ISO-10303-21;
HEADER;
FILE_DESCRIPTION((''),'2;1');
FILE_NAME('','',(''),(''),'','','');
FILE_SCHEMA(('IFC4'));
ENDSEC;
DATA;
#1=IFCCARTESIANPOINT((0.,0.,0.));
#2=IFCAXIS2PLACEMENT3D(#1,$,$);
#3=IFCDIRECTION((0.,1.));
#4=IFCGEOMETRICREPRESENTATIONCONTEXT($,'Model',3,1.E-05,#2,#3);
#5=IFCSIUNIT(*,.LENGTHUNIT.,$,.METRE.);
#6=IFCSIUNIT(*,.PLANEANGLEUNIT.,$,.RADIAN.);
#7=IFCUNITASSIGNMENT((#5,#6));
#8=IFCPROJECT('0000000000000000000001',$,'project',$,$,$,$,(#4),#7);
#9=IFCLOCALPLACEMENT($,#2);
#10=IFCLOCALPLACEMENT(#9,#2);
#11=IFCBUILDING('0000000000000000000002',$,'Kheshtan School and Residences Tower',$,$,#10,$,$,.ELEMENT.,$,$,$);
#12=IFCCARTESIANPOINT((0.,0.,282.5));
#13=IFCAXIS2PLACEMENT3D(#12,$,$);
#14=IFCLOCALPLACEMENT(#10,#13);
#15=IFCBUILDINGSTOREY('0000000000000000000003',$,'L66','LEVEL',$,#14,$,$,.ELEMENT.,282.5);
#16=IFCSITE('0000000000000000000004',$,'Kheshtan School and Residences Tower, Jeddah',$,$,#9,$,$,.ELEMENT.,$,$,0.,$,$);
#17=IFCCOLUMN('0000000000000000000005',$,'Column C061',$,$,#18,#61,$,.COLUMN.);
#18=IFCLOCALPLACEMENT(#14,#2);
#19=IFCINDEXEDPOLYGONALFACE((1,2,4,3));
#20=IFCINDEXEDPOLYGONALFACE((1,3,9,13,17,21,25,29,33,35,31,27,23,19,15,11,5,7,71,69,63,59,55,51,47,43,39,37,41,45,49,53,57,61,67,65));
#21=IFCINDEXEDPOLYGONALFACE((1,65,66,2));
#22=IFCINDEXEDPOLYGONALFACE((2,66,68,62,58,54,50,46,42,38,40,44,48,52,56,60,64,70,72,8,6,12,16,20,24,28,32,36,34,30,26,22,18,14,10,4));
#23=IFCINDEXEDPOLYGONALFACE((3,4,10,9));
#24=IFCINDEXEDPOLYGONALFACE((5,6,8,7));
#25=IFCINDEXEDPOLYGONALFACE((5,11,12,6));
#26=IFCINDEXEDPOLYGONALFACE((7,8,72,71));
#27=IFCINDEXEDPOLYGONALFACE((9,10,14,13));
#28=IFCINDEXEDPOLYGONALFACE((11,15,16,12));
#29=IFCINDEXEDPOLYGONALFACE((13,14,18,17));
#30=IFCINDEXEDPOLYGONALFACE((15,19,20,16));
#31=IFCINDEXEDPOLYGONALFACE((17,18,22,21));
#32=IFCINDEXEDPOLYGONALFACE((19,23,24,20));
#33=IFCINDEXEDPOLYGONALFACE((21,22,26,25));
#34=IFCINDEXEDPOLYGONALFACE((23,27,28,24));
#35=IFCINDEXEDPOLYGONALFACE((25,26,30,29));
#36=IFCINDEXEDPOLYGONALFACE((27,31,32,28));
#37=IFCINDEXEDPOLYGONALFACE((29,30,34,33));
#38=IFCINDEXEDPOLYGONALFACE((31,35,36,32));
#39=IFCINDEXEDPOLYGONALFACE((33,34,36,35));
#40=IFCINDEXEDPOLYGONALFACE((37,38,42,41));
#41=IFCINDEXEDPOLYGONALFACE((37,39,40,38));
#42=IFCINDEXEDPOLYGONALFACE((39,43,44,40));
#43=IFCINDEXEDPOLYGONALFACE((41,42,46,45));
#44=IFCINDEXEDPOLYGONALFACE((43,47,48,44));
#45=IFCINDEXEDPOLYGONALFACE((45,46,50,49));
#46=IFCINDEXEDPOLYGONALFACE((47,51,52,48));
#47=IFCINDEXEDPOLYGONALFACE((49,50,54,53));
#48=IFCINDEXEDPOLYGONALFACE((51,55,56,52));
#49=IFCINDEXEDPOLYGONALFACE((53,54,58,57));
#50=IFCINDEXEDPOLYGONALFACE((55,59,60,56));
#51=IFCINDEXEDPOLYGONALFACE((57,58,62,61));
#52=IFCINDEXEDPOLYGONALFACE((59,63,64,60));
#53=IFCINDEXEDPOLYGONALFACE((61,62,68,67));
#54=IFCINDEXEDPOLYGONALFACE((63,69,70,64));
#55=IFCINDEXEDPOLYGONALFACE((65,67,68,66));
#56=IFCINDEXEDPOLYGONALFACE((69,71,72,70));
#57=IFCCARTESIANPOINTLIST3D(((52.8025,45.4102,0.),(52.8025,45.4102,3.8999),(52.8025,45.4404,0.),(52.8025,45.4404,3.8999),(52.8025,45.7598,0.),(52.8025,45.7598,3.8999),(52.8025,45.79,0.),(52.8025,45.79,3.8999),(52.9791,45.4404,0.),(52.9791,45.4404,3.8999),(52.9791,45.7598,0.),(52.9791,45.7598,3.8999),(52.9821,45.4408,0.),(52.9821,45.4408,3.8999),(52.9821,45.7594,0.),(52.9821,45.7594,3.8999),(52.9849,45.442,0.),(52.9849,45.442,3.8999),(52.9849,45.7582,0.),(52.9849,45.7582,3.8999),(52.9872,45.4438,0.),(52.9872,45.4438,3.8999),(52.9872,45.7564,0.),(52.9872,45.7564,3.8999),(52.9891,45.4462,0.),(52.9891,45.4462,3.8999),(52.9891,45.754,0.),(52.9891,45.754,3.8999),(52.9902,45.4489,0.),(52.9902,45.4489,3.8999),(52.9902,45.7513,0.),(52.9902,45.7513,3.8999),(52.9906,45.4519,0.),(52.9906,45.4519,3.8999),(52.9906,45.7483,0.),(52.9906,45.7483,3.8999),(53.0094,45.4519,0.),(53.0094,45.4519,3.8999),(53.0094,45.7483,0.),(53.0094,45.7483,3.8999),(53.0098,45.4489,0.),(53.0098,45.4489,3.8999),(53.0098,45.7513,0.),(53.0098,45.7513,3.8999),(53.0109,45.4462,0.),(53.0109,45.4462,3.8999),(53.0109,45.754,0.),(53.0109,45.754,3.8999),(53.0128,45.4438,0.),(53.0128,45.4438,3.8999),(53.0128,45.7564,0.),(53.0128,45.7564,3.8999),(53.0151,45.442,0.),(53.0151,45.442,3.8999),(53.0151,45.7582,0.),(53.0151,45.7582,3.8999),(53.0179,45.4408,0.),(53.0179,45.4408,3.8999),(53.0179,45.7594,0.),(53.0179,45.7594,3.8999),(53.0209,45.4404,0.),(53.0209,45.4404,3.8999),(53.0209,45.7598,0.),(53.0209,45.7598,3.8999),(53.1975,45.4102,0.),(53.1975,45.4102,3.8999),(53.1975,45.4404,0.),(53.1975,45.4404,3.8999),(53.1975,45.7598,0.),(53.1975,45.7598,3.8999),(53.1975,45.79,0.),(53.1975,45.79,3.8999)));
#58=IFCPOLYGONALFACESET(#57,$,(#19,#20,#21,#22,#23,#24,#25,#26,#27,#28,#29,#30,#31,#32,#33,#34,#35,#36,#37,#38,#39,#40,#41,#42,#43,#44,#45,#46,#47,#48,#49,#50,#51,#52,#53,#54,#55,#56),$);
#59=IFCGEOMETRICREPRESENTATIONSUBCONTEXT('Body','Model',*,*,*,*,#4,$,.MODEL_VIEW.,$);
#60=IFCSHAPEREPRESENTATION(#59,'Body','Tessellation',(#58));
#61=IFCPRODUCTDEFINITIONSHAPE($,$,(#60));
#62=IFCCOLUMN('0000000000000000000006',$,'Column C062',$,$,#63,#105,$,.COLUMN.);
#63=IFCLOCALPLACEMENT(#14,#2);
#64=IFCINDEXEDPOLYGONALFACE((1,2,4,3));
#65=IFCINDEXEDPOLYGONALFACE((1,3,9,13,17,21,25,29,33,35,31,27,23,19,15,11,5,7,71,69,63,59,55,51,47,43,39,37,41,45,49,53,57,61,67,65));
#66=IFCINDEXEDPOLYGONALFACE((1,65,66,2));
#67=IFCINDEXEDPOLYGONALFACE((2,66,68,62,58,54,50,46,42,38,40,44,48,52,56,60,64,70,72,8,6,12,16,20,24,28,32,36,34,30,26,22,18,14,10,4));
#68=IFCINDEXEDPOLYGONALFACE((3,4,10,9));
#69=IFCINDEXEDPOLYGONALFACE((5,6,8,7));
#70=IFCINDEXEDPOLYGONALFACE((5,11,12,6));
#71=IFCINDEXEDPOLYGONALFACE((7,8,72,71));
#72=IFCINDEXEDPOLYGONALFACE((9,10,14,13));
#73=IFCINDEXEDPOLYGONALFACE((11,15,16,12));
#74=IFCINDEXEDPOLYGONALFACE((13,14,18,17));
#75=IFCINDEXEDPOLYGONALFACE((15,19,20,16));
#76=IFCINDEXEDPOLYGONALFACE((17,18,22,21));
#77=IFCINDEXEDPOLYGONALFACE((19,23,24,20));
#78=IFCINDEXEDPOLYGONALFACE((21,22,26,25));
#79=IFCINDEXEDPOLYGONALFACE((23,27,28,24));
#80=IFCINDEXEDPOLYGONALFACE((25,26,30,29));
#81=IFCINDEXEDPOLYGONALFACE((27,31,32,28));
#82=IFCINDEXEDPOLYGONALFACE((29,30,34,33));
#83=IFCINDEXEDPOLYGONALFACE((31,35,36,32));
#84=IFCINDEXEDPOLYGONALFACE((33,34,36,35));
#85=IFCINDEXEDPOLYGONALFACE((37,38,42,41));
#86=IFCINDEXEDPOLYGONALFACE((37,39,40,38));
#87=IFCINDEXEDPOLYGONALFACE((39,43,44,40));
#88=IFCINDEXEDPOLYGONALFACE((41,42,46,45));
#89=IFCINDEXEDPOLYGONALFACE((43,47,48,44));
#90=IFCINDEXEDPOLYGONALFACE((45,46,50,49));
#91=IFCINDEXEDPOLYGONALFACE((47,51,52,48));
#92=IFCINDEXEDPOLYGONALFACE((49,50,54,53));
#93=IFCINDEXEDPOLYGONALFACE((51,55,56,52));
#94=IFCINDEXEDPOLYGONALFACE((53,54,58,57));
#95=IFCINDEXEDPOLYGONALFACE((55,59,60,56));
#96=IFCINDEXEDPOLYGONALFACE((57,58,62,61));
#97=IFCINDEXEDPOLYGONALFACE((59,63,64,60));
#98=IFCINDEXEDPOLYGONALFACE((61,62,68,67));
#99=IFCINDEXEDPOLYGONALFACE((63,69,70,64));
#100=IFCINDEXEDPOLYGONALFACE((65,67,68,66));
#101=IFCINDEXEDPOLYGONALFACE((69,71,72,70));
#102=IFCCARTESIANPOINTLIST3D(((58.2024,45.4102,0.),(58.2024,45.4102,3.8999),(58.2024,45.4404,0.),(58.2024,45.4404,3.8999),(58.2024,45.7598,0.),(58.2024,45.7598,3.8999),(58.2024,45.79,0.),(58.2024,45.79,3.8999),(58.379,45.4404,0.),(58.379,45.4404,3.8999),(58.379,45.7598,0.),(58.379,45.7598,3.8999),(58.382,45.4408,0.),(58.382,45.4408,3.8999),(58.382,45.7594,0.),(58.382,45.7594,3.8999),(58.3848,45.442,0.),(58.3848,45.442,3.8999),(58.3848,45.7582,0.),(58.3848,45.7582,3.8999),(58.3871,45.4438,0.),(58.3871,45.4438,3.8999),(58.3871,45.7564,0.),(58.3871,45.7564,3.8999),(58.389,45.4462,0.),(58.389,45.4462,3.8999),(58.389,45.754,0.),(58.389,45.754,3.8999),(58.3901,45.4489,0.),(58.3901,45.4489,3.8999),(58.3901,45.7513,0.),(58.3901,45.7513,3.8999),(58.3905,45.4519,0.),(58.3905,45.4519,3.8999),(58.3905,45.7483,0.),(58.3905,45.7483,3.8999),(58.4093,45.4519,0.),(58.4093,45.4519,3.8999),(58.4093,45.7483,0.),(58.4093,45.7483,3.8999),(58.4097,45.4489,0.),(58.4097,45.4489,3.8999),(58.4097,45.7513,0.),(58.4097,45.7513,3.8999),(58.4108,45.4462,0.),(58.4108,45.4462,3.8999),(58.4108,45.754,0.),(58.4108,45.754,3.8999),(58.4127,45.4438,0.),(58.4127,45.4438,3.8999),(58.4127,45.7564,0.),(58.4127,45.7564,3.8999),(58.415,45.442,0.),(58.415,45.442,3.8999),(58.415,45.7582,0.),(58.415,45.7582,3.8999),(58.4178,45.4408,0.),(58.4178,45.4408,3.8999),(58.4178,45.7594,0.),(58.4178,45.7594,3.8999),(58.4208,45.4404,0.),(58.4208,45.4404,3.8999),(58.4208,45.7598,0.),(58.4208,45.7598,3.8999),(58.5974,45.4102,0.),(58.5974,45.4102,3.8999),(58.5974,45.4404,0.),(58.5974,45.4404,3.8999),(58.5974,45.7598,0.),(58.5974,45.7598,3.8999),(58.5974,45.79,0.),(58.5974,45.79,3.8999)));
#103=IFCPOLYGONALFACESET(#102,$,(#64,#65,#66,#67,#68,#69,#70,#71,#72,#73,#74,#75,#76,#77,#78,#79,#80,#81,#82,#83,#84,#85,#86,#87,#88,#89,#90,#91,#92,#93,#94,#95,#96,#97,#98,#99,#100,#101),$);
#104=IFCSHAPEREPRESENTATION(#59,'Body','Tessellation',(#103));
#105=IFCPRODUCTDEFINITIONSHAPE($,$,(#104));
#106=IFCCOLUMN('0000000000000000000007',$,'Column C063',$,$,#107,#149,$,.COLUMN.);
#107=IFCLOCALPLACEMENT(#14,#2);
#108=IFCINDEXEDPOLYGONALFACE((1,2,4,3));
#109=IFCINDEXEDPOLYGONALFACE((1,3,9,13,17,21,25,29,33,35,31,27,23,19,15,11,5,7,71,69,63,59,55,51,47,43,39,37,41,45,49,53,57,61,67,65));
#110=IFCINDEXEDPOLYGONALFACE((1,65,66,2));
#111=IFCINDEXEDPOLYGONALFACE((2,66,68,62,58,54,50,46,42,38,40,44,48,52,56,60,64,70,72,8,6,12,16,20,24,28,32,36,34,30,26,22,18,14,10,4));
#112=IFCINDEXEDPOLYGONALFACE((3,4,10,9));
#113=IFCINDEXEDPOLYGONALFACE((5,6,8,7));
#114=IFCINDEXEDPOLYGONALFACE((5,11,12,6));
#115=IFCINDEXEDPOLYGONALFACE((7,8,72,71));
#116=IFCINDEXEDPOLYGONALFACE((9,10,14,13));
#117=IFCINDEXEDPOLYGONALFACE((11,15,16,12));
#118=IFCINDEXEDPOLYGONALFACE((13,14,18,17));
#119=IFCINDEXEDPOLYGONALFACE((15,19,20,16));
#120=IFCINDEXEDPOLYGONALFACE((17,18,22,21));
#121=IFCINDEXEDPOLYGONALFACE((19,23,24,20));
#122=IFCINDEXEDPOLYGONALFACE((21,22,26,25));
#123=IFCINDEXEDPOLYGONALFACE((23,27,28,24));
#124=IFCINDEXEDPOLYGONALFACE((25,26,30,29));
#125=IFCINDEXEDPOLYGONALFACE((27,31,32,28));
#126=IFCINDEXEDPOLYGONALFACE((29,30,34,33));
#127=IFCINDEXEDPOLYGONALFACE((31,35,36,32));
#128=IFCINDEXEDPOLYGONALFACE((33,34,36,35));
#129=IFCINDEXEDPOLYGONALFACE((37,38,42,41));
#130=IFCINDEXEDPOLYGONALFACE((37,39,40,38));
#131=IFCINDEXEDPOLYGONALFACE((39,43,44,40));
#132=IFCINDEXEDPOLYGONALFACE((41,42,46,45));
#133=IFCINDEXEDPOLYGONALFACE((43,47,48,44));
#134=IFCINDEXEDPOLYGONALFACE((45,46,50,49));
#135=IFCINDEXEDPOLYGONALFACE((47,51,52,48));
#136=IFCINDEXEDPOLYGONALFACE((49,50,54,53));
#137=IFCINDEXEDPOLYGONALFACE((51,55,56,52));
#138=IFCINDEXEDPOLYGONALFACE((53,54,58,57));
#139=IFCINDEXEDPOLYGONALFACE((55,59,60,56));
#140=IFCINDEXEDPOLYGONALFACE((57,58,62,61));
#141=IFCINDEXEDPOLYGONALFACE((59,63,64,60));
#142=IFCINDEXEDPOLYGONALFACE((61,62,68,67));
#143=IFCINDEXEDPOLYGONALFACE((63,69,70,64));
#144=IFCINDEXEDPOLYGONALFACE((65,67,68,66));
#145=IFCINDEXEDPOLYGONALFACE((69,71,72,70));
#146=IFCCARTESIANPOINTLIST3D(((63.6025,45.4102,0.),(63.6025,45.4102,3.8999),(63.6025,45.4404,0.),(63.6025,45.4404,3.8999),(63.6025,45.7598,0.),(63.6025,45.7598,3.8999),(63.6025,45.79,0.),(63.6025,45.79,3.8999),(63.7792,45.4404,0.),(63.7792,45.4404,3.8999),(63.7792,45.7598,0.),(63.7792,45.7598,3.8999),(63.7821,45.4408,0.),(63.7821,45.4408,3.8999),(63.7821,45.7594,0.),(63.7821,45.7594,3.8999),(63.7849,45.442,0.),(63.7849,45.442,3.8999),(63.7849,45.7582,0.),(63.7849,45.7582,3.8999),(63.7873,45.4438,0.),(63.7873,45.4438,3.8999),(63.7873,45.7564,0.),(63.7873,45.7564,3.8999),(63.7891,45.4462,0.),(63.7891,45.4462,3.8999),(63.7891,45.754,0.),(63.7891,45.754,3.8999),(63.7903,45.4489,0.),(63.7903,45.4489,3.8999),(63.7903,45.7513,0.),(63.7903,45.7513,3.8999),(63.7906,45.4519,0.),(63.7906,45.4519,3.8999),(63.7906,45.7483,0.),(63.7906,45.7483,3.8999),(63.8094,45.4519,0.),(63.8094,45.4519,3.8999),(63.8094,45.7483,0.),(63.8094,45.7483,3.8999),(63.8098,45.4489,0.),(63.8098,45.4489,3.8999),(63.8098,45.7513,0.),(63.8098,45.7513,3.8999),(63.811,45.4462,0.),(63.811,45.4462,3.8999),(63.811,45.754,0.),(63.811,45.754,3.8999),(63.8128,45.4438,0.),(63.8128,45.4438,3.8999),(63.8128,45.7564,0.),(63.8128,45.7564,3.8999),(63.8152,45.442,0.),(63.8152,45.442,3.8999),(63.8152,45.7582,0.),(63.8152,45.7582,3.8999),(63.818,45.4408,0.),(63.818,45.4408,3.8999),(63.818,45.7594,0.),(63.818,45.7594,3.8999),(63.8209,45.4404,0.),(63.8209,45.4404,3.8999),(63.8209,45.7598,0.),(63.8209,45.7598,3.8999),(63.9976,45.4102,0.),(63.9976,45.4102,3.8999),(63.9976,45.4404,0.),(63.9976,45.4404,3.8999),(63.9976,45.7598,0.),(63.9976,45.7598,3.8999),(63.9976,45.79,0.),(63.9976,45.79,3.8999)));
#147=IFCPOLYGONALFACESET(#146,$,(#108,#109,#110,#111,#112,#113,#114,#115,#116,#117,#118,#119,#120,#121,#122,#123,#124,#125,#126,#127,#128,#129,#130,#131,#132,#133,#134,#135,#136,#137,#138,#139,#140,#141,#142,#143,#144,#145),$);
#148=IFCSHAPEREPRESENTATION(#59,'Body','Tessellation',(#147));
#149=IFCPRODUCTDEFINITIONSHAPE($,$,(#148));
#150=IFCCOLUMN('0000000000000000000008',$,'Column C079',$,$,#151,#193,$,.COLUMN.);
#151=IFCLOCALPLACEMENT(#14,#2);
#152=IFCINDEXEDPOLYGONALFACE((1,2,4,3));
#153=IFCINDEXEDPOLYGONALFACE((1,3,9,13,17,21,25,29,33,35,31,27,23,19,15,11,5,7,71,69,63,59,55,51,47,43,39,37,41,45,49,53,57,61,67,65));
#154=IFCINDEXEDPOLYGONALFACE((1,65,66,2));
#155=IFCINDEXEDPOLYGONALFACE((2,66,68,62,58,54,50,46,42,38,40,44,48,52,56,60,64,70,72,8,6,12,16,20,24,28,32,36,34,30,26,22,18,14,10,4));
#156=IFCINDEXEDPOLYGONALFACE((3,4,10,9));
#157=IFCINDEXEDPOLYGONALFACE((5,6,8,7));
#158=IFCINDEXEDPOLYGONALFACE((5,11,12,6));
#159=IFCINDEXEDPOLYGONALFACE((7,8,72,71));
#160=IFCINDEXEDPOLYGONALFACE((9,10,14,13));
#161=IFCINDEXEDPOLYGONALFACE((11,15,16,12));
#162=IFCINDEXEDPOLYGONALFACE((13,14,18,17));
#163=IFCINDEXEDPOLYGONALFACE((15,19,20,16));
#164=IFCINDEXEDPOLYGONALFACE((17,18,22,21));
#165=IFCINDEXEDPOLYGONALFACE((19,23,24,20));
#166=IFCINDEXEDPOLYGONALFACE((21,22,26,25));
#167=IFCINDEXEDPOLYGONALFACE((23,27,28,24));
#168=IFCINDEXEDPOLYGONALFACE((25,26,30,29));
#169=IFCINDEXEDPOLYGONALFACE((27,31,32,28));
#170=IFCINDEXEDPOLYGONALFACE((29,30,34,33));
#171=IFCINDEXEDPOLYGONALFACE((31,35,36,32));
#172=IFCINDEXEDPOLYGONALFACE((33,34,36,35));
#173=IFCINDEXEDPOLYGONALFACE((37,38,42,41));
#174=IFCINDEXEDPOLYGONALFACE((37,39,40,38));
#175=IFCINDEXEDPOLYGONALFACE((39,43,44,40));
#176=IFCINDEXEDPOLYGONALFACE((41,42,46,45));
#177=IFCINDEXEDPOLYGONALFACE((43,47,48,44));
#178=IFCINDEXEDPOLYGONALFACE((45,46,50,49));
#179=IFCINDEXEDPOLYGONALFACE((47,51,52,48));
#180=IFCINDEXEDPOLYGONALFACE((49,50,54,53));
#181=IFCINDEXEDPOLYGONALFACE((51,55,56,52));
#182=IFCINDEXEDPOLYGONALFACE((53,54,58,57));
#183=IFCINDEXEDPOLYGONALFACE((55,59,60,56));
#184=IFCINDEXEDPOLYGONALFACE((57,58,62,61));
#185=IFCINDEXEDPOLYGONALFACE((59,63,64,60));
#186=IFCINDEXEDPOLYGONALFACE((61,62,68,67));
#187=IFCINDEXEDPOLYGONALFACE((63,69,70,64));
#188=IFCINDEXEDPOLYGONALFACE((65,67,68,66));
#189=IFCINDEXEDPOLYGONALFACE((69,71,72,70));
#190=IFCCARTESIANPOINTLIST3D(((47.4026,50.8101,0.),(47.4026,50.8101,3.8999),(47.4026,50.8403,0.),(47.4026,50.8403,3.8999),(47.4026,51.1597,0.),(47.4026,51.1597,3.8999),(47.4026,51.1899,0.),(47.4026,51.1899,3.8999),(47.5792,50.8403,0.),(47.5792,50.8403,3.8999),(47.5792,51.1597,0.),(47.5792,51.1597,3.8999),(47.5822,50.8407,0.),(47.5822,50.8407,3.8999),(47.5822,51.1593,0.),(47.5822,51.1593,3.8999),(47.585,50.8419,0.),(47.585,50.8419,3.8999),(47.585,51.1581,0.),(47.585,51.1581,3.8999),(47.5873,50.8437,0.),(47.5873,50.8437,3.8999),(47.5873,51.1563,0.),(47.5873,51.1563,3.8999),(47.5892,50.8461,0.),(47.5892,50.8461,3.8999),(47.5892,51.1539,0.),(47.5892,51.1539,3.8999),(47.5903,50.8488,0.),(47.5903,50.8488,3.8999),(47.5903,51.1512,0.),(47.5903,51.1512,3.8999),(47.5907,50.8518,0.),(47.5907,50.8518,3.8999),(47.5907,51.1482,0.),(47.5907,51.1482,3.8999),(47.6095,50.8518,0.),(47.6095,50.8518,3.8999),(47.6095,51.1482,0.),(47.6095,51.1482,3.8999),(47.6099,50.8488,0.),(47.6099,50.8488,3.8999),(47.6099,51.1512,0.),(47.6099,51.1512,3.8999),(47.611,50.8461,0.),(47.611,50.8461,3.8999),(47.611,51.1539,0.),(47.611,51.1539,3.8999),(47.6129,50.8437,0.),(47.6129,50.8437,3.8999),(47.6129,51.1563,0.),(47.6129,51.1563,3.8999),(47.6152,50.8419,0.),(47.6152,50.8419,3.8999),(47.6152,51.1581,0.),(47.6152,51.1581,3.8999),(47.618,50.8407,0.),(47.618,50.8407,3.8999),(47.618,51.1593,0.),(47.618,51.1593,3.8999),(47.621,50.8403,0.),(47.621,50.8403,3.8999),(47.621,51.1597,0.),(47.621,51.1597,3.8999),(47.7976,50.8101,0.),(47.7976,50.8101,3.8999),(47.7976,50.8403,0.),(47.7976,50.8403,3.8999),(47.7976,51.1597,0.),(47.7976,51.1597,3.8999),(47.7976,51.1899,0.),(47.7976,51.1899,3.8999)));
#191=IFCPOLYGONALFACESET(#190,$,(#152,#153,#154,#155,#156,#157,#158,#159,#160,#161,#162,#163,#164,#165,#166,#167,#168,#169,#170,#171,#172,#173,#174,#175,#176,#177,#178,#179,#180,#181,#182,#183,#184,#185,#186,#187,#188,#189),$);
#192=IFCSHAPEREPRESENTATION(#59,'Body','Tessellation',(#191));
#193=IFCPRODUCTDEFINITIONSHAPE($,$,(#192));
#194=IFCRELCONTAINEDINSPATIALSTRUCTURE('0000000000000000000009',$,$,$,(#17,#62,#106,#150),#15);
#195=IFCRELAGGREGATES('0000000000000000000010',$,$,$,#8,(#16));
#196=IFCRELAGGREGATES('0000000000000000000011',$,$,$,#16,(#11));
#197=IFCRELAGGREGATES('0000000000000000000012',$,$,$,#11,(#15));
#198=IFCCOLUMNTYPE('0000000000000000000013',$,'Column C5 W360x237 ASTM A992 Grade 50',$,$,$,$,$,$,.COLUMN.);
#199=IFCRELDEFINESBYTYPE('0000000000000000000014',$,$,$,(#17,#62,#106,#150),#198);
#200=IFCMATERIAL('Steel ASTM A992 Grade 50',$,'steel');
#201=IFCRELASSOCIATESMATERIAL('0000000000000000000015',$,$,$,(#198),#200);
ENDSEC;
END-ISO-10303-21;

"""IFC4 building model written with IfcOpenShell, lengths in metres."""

from ifc_helpers import new_model, si_unit, direction, frame, origin, origin_2d, place, context, subcontext, project, spatial, i_section, extrude, material, material_profile, profile_set, type_object, element, save


model = new_model("IFC4")

# Units and contexts
model_context = context("Model", 3, precision=1e-05, world=origin(), true_north=direction((0.0, 1.0)))
body_context = subcontext(model_context, "Body", "Model", "MODEL_VIEW")
ifc_project = project(units=[si_unit("LENGTHUNIT", "METRE"), si_unit("PLANEANGLEUNIT", "RADIAN")], contexts=[model_context])

# Site, building, storey
site_placement = place(None, origin())
site = spatial("IfcSite", under=ifc_project, at=site_placement, Name="Kheshtan School and Residences Tower, Jeddah", CompositionType="ELEMENT", RefElevation=0.0)
building_placement = place(site_placement, origin())
building = spatial("IfcBuilding", under=site, at=building_placement, Name="Kheshtan School and Residences Tower", CompositionType="ELEMENT")
storey_placement = place(building_placement, frame((0.0, 0.0, 282.5)))
storey = spatial("IfcBuildingStorey", under=building, at=storey_placement, Name="L66", Description="LEVEL", CompositionType="ELEMENT", Elevation=282.5)

# Columns
ifc_material_1 = material(Name="Steel ASTM A992 Grade 50", Category="steel")
ifc_material_profile_1 = material_profile(ifc_material_1, i_section(OverallWidth=0.395, OverallDepth=0.3799, WebThickness=0.0188, FlangeThickness=0.0303, FilletRadius=0.0115, at=origin_2d()), Name="W360x237")
ifc_profile_set_1 = profile_set([ifc_material_profile_1], Name="Steel ASTM A992 Grade 50")
column_type_1 = type_object("IfcColumnType", Name="Column C5 W360x237 ASTM A992 Grade 50", PredefinedType="COLUMN", material=ifc_profile_set_1)
for number, where, z_axis, x_axis, name in (
    (1, (53.0, 45.6001, 0.0), (0.0, 0.0, 1.0), (1.0, 0.0, 0.0), "Column C061"),
    (2, (58.3999, 45.6001, 0.0), (0.0, 0.0, 1.0), (1.0, 0.0, 0.0), "Column C062"),
    (3, (63.8, 45.6001, 0.0), (0.0, 0.0, 1.0), (1.0, 0.0, 0.0), "Column C063"),
    (4, (47.6001, 51.0, 0.0), (0.0, 0.0, 1.0), (1.0, 0.0, 0.0), "Column C079"),
):
    element("IfcColumn", number, at=place(storey_placement, frame(where, z_axis=z_axis, x_axis=x_axis)), inside=storey, type_object=column_type_1, Name=name, PredefinedType="COLUMN", context=body_context, shape_type="SweptSolid", body=[
        extrude(i_section(OverallWidth=0.395, OverallDepth=0.3799, WebThickness=0.0188, FlangeThickness=0.0303, FilletRadius=0.0115, at=origin_2d()), origin(), (0.0, 0.0, 1.0), 3.8999),
    ])

save(model, "model.ifc")
